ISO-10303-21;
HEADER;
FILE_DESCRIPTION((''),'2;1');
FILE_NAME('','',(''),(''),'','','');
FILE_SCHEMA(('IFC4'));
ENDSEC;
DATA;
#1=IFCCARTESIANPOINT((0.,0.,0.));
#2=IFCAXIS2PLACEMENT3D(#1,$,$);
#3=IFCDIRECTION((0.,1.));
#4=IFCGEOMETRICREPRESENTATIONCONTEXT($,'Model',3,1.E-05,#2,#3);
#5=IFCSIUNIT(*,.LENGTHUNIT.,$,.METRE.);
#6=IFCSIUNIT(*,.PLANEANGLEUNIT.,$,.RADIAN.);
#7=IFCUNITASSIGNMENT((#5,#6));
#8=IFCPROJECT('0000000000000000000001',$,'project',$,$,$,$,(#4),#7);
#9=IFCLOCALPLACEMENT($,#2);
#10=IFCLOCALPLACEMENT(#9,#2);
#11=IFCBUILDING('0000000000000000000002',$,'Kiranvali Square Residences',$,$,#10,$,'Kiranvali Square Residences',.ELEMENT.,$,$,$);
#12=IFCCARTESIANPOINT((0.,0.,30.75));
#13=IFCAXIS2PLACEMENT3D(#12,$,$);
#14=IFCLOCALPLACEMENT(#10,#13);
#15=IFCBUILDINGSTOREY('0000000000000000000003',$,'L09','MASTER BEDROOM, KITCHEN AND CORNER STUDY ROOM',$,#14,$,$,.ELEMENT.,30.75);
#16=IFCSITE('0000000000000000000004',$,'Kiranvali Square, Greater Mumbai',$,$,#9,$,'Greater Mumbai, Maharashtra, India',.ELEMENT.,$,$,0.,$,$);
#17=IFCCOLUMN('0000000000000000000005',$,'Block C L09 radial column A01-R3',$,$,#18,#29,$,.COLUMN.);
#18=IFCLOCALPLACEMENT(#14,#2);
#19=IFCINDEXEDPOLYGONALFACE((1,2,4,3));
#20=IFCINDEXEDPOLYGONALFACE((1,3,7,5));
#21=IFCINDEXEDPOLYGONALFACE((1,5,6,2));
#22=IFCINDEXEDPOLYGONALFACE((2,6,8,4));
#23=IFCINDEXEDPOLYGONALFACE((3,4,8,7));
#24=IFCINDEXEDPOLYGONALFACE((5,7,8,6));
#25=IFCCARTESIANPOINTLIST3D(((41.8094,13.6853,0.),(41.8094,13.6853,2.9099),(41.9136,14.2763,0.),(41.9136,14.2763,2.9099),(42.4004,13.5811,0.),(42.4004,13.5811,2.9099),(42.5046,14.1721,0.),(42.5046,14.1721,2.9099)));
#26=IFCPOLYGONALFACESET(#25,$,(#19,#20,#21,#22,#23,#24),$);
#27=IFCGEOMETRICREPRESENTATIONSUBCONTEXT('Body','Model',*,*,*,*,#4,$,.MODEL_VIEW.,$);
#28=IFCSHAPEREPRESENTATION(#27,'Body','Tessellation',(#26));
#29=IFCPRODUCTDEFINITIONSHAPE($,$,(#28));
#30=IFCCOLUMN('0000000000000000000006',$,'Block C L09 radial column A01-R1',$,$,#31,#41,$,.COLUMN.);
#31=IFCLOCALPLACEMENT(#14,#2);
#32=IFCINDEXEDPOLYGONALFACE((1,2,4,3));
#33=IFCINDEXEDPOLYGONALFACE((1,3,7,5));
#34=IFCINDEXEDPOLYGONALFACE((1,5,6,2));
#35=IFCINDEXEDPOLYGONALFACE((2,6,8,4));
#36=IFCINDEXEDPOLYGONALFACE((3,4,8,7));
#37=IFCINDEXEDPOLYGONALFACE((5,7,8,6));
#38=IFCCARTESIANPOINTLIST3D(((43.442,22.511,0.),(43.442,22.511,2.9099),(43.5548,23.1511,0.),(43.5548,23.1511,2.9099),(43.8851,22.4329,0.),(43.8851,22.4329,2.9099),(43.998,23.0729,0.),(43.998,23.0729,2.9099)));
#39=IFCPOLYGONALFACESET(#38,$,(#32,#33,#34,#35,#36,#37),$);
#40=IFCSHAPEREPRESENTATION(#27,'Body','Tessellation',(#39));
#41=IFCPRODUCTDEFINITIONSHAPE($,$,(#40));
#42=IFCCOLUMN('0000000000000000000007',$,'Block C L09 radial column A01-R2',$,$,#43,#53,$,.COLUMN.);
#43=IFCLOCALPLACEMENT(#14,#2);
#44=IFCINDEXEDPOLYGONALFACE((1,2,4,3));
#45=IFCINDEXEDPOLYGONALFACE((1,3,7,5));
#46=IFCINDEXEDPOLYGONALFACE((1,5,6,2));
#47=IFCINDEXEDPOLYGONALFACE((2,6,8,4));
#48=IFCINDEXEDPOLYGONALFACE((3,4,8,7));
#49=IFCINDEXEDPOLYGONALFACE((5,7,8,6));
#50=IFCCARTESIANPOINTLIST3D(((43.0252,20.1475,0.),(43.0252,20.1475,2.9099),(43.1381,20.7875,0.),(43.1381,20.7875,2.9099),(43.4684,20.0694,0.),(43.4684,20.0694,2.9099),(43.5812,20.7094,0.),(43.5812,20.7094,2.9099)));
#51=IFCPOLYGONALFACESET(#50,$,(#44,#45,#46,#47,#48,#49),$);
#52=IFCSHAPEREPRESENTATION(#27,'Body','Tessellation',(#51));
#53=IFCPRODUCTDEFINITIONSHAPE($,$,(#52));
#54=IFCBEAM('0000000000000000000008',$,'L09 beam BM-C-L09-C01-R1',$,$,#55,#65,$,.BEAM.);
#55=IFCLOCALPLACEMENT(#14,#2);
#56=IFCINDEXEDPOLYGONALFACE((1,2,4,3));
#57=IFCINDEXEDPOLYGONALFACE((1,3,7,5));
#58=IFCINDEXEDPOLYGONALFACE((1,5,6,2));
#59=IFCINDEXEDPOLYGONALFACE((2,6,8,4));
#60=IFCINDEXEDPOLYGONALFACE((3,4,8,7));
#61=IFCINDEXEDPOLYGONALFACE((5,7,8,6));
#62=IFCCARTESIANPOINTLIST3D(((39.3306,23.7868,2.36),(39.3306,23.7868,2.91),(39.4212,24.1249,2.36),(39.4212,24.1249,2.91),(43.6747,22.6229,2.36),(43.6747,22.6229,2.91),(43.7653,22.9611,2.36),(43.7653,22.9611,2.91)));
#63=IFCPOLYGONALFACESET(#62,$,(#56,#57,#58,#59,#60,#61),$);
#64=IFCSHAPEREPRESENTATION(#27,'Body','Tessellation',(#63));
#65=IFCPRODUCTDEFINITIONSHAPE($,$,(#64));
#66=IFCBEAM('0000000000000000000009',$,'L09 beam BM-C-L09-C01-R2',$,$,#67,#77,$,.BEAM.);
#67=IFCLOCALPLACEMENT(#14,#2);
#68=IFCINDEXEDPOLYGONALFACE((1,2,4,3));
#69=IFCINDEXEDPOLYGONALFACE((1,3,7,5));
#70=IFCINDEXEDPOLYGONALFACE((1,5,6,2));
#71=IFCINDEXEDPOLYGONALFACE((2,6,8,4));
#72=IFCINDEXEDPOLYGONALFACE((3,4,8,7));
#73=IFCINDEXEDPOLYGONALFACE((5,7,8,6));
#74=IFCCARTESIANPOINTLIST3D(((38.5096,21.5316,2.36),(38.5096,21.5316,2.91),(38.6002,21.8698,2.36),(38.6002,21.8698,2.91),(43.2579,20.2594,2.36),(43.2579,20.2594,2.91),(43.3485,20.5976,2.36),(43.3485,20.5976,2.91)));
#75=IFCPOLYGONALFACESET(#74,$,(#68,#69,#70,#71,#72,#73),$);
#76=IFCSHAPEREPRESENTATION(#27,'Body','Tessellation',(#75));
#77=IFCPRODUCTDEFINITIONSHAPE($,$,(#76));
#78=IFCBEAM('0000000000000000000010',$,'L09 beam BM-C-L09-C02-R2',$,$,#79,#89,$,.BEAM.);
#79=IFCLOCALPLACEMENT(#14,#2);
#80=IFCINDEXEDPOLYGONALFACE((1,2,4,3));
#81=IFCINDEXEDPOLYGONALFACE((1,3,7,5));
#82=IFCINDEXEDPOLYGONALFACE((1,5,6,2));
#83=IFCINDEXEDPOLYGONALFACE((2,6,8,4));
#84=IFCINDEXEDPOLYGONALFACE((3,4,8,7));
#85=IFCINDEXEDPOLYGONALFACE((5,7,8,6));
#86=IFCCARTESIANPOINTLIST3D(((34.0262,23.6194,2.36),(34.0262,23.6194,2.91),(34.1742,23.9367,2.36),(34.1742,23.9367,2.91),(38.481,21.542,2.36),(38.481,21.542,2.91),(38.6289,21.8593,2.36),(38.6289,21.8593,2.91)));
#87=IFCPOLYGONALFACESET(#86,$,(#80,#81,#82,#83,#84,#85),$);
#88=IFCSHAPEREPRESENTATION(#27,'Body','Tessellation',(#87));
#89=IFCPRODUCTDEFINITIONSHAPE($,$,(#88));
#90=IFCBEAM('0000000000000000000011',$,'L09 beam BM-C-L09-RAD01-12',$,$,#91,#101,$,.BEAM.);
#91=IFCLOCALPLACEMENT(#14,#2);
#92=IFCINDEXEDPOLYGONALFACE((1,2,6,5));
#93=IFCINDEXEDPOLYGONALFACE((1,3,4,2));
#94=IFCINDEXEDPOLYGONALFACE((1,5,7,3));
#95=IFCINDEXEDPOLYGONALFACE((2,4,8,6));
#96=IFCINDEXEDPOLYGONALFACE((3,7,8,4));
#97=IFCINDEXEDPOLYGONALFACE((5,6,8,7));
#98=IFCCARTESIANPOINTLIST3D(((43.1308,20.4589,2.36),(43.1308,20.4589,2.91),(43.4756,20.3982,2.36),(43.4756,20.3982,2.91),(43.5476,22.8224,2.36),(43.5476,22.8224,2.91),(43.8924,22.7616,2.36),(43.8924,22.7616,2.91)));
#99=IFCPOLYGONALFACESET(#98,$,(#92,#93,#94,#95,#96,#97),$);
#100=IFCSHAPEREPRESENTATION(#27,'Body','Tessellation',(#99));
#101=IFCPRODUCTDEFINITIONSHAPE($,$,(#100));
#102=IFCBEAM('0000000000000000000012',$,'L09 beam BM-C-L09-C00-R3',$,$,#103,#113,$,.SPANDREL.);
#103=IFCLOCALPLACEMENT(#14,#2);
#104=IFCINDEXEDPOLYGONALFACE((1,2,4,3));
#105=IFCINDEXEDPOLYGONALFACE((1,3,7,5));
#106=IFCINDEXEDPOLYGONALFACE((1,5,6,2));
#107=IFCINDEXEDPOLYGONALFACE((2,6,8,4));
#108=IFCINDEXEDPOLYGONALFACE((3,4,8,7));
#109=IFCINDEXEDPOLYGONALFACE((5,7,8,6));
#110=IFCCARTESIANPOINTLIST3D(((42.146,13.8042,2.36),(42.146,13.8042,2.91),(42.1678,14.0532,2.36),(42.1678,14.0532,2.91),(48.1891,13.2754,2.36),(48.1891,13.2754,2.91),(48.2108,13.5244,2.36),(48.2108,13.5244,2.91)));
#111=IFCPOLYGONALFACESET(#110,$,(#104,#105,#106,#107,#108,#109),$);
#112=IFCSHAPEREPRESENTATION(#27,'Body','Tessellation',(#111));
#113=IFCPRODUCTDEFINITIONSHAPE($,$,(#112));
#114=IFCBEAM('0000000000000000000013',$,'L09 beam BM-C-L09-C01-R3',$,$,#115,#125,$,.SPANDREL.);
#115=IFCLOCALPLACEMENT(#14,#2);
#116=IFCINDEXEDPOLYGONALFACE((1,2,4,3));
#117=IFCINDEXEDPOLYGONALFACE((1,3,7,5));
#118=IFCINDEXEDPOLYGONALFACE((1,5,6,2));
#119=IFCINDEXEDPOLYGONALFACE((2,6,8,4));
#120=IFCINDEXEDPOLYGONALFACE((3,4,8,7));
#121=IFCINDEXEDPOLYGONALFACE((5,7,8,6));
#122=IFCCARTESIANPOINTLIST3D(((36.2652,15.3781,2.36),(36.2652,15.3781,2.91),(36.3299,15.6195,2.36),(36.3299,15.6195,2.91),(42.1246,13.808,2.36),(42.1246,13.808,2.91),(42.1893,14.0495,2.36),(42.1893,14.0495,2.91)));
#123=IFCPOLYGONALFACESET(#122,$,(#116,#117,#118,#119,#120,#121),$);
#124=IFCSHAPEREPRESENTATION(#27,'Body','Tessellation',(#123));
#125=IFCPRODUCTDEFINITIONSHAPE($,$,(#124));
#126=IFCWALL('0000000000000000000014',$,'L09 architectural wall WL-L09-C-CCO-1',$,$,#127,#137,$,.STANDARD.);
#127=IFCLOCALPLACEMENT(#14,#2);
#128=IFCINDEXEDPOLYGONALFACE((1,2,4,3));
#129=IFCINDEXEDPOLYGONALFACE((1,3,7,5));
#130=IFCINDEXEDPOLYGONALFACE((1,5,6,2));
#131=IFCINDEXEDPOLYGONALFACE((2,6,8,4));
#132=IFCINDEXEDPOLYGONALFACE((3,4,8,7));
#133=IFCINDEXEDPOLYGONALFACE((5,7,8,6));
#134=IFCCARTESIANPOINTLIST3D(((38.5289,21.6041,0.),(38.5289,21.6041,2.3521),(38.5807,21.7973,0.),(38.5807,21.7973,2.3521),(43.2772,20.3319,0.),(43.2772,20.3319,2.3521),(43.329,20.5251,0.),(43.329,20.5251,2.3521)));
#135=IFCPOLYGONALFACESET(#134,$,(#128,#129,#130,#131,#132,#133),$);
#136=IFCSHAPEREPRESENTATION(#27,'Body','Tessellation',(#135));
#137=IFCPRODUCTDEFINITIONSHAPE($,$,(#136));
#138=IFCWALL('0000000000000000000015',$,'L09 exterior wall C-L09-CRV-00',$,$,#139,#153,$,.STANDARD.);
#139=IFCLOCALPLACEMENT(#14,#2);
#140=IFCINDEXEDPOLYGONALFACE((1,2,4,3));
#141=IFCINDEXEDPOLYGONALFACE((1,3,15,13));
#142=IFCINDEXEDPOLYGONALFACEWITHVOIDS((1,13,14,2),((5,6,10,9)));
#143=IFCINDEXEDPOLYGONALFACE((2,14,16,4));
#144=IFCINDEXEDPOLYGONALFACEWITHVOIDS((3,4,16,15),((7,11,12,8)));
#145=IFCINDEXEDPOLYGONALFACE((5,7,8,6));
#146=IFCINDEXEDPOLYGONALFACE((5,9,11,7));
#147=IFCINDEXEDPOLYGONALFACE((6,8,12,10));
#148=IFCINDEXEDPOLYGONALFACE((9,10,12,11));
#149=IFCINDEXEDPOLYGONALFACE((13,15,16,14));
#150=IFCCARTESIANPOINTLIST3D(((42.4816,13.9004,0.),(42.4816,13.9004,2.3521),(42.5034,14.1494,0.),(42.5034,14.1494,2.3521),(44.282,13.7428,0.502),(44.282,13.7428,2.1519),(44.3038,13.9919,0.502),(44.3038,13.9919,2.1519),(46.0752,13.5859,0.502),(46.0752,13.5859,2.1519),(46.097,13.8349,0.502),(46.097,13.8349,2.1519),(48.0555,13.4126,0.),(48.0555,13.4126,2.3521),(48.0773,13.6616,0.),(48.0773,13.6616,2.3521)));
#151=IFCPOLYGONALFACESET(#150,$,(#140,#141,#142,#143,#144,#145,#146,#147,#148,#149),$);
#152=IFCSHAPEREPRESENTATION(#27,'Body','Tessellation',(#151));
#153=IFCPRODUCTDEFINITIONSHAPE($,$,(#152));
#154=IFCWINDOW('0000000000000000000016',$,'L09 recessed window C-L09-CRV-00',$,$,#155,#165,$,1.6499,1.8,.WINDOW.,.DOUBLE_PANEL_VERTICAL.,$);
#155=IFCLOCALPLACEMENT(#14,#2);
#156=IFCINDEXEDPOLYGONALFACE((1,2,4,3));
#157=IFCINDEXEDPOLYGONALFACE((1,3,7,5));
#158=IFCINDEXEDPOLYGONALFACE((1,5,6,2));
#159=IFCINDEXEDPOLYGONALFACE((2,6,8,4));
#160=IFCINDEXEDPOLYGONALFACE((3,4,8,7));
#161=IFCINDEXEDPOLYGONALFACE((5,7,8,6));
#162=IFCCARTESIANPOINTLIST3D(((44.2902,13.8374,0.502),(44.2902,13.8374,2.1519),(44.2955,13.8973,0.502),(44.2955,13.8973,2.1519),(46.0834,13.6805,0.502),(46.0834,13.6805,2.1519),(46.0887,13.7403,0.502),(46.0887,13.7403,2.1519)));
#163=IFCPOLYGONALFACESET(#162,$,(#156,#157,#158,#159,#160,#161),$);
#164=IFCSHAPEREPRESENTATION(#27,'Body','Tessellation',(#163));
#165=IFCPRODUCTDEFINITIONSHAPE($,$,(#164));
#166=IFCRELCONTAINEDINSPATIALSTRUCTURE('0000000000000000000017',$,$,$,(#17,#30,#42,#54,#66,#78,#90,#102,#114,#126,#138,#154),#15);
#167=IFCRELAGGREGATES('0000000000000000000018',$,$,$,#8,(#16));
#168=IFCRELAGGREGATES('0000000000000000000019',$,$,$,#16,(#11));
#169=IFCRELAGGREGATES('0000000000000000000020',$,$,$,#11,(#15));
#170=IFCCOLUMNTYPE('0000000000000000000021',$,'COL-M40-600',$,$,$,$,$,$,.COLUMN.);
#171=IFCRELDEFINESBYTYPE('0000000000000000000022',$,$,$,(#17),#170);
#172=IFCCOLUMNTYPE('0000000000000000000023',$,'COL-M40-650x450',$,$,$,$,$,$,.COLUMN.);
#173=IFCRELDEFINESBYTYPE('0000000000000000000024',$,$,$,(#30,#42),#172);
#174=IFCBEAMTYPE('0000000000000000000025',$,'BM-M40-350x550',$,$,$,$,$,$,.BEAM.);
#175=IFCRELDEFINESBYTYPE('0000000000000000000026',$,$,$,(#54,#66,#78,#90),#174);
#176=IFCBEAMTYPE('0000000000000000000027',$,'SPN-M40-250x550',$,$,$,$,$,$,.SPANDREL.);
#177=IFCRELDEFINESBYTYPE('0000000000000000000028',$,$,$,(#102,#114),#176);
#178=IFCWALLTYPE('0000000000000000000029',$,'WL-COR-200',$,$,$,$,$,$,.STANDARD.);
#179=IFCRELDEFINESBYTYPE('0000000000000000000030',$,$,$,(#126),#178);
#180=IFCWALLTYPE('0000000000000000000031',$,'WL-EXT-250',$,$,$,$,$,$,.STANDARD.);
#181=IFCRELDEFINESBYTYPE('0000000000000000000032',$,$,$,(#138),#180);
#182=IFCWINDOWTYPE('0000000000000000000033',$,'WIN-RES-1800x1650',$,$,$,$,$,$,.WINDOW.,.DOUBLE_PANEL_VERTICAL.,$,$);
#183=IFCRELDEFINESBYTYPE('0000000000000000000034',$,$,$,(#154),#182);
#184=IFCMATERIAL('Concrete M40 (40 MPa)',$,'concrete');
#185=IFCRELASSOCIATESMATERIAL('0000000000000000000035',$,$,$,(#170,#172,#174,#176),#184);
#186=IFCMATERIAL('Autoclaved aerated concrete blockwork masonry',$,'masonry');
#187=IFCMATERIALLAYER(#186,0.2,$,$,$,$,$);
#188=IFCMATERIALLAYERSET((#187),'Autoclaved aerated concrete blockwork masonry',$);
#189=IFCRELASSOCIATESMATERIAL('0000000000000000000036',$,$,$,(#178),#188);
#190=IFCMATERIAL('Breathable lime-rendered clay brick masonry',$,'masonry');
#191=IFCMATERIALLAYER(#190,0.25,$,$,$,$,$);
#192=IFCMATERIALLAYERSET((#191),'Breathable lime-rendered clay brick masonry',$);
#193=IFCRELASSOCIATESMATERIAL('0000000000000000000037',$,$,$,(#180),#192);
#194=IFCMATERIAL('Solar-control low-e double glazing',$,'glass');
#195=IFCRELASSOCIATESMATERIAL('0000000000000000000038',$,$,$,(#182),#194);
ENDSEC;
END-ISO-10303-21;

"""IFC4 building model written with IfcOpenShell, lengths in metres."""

from ifc_helpers import new_model, si_unit, direction, frame, frame_2d, origin, origin_2d, place, context, subcontext, project, spatial, rectangle, extrude, material, layer, layer_set, material_profile, profile_set, type_object, element, fill, save


model = new_model("IFC4")

# Units and contexts
model_context = context("Model", 3, precision=1e-05, world=origin(), true_north=direction((0.0, 1.0)))
body_context = subcontext(model_context, "Body", "Model", "MODEL_VIEW")
ifc_project = project(units=[si_unit("LENGTHUNIT", "METRE"), si_unit("PLANEANGLEUNIT", "RADIAN")], contexts=[model_context])

# Site, building, storey
site_placement = place(None, origin())
site = spatial("IfcSite", under=ifc_project, at=site_placement, Name="Kiranvali Square, Greater Mumbai", LongName="Greater Mumbai, Maharashtra, India", CompositionType="ELEMENT", RefElevation=0.0)
building_placement = place(site_placement, origin())
building = spatial("IfcBuilding", under=site, at=building_placement, Name="Kiranvali Square Residences", LongName="Kiranvali Square Residences", CompositionType="ELEMENT")
storey_placement = place(building_placement, frame((0.0, 0.0, 30.75)))
storey = spatial("IfcBuildingStorey", under=building, at=storey_placement, Name="L09", Description="MASTER BEDROOM, KITCHEN AND CORNER STUDY ROOM", CompositionType="ELEMENT", Elevation=30.75)

# Columns
ifc_material_1 = material(Name="Concrete M40 (40 MPa)", Category="concrete")
ifc_material_profile_1 = material_profile(ifc_material_1, rectangle(XDim=0.6001, YDim=0.6001, at=origin_2d()), Name="RC 600x600")
ifc_profile_set_1 = profile_set([ifc_material_profile_1], Name="Concrete M40 (40 MPa)")
column_type_1 = type_object("IfcColumnType", Name="COL-M40-600", PredefinedType="COLUMN", material=ifc_profile_set_1)
column_placement = place(storey_placement, frame((42.157, 13.9287, 0.0), z_axis=(0.0, 0.0, 1.0), x_axis=(-0.984808, 0.173648, 0.0)))
element("IfcColumn", 1, at=column_placement, inside=storey, type_object=column_type_1, Name="Block C L09 radial column A01-R3", PredefinedType="COLUMN", context=body_context, shape_type="SweptSolid", body=[
    extrude(rectangle(XDim=0.6001, YDim=0.6001, at=origin_2d()), origin(), (0.0, 0.0, 1.0), 2.9099),
])
ifc_material_profile_2 = material_profile(ifc_material_1, rectangle(XDim=0.45, YDim=0.6499, at=origin_2d()), Name="RC 650x450")
ifc_profile_set_2 = profile_set([ifc_material_profile_2], Name="Concrete M40 (40 MPa)")
column_type_2 = type_object("IfcColumnType", Name="COL-M40-650x450", PredefinedType="COLUMN", material=ifc_profile_set_2)
for number, where, z_axis, x_axis, name in (
    (2, (43.72, 22.792, 0.0), (0.0, 0.0, 1.0), (-0.984808, 0.173648, 0.0), "Block C L09 radial column A01-R1"),
    (3, (43.3032, 20.4285, 0.0), (0.0, 0.0, 1.0), (-0.984808, 0.173648, 0.0), "Block C L09 radial column A01-R2"),
):
    element("IfcColumn", number, at=place(storey_placement, frame(where, z_axis=z_axis, x_axis=x_axis)), inside=storey, type_object=column_type_2, Name=name, PredefinedType="COLUMN", context=body_context, shape_type="SweptSolid", body=[
        extrude(rectangle(XDim=0.45, YDim=0.6499, at=origin_2d()), origin(), (0.0, 0.0, 1.0), 2.9099),
    ])

# Beams
ifc_material_profile_3 = material_profile(ifc_material_1, rectangle(XDim=0.3501, YDim=0.55, at=origin_2d()), Name="RC 350x550")
ifc_profile_set_3 = profile_set([ifc_material_profile_3], Name="Concrete M40 (40 MPa)")
beam_type_1 = type_object("IfcBeamType", Name="BM-M40-350x550", PredefinedType="BEAM", material=ifc_profile_set_3)
beam_1_placement = place(storey_placement, frame((43.72, 22.792, 2.635), z_axis=(-0.965934, 0.258788, 0.0), x_axis=(-0.258788, -0.965934, 0.0)))
element("IfcBeam", 4, at=beam_1_placement, inside=storey, type_object=beam_type_1, Name="L09 beam BM-C-L09-C01-R1", PredefinedType="BEAM", context=body_context, shape_type="SweptSolid", body=[
    extrude(rectangle(XDim=0.3501, YDim=0.55, at=origin_2d()), origin(), (0.0, 0.0, 1.0), 4.4973),
])
beam_2_placement = place(storey_placement, frame((43.3032, 20.4285, 2.635), z_axis=(-0.96593, 0.258803, 0.0), x_axis=(-0.258803, -0.96593, 0.0)))
element("IfcBeam", 5, at=beam_2_placement, inside=storey, type_object=beam_type_1, Name="L09 beam BM-C-L09-C01-R2", PredefinedType="BEAM", context=body_context, shape_type="SweptSolid", body=[
    extrude(rectangle(XDim=0.3501, YDim=0.55, at=origin_2d()), origin(), (0.0, 0.0, 1.0), 4.9158),
])
beam_3_placement = place(storey_placement, frame((38.5549, 21.7007, 2.635), z_axis=(-0.906302, 0.42263, 0.0), x_axis=(-0.42263, -0.906302, 0.0)))
element("IfcBeam", 6, at=beam_3_placement, inside=storey, type_object=beam_type_1, Name="L09 beam BM-C-L09-C02-R2", PredefinedType="BEAM", context=body_context, shape_type="SweptSolid", body=[
    extrude(rectangle(XDim=0.3501, YDim=0.55, at=origin_2d()), origin(), (0.0, 0.0, 1.0), 4.9153),
])
beam_4_placement = place(storey_placement, frame((43.72, 22.792, 2.635), z_axis=(-0.173646, -0.984808, 0.0), x_axis=(0.984808, -0.173646, 0.0)))
element("IfcBeam", 7, at=beam_4_placement, inside=storey, type_object=beam_type_1, Name="L09 beam BM-C-L09-RAD01-12", PredefinedType="BEAM", context=body_context, shape_type="SweptSolid", body=[
    extrude(rectangle(XDim=0.3501, YDim=0.55, at=origin_2d()), origin(), (0.0, 0.0, 1.0), 2.3999),
])
ifc_material_profile_4 = material_profile(ifc_material_1, rectangle(XDim=0.25, YDim=0.55, at=origin_2d()), Name="RC 250x550")
ifc_profile_set_4 = profile_set([ifc_material_profile_4], Name="Concrete M40 (40 MPa)")
beam_type_2 = type_object("IfcBeamType", Name="SPN-M40-250x550", PredefinedType="SPANDREL", material=ifc_profile_set_4)
for number, where, z_axis, x_axis, name in (
    (8, (48.2, 13.3999, 2.635), (-0.996193, 0.087175, 0.0), (-0.087175, -0.996193, 0.0), "L09 beam BM-C-L09-C00-R3"),
    (9, (42.157, 13.9287, 2.635), (-0.965924, 0.258827, 0.0), (-0.258827, -0.965924, 0.0), "L09 beam BM-C-L09-C01-R3"),
):
    element("IfcBeam", number, at=place(storey_placement, frame(where, z_axis=z_axis, x_axis=x_axis)), inside=storey, type_object=beam_type_2, Name=name, PredefinedType="SPANDREL", context=body_context, shape_type="SweptSolid", body=[
        extrude(rectangle(XDim=0.25, YDim=0.55, at=origin_2d()), origin(), (0.0, 0.0, 1.0), 6.0662),
    ])

# Wall
ifc_material_2 = material(Name="Autoclaved aerated concrete blockwork masonry", Category="masonry")
ifc_layer_1 = layer(ifc_material_2, 0.2)
ifc_layer_set_1 = layer_set([ifc_layer_1], Name="Autoclaved aerated concrete blockwork masonry")
wall_type_1 = type_object("IfcWallType", Name="WL-COR-200", PredefinedType="STANDARD", material=ifc_layer_set_1)
wall_1_placement = place(storey_placement, frame((43.3032, 20.4285, 0.0), z_axis=(0.0, 0.0, 1.0), x_axis=(-0.96593, 0.258803, 0.0)))
element("IfcWall", 10, at=wall_1_placement, inside=storey, type_object=wall_type_1, Name="L09 architectural wall WL-L09-C-CCO-1", PredefinedType="STANDARD", context=body_context, shape_type="SweptSolid", body=[
    extrude(rectangle(XDim=4.9158, YDim=0.2, at=frame_2d((2.458, 0.0))), origin(), (0.0, 0.0, 1.0), 2.3521),
])

# Wall, opening, window
ifc_material_3 = material(Name="Breathable lime-rendered clay brick masonry", Category="masonry")
ifc_layer_2 = layer(ifc_material_3, 0.25)
ifc_layer_set_2 = layer_set([ifc_layer_2], Name="Breathable lime-rendered clay brick masonry")
wall_type_2 = type_object("IfcWallType", Name="WL-EXT-250", PredefinedType="STANDARD", material=ifc_layer_set_2)
wall_2_placement = place(storey_placement, frame((48.0664, 13.5371, 0.0), z_axis=(0.0, 0.0, 1.0), x_axis=(-0.996193, 0.087179, 0.0)))
wall_2 = element("IfcWall", 11, at=wall_2_placement, inside=storey, type_object=wall_type_2, Name="L09 exterior wall C-L09-CRV-00", PredefinedType="STANDARD", context=body_context, shape_type="SweptSolid", body=[
    extrude(rectangle(XDim=5.5952, YDim=0.25, at=frame_2d((2.7976, 0.0))), origin(), (0.0, 0.0, 1.0), 2.3521),
])
opening_1_placement = place(wall_2_placement, frame((1.988, 0.0, 0.502)))
opening_1 = element("IfcOpeningElement", 12, at=opening_1_placement, cuts=wall_2, PredefinedType="OPENING", context=body_context, shape_type="SweptSolid", body=[
    extrude(rectangle(XDim=1.8, YDim=1.6499, at=frame_2d((0.8999, 0.825))), frame((0.0, 0.135, 0.0), z_axis=(0.0, -1.0, 0.0), x_axis=(1.0, 0.0, 0.0)), (0.0, 0.0, 1.0), 0.27),
])
ifc_material_4 = material(Name="Solar-control low-e double glazing", Category="glass")
window_type_1 = type_object("IfcWindowType", Name="WIN-RES-1800x1650", PartitioningType="DOUBLE_PANEL_VERTICAL", PredefinedType="WINDOW", material=ifc_material_4)
window_1_placement = place(opening_1_placement, origin())
window_1 = element("IfcWindow", 13, at=window_1_placement, inside=storey, type_object=window_type_1, Name="L09 recessed window C-L09-CRV-00", OverallHeight=1.6499, OverallWidth=1.8, PartitioningType="DOUBLE_PANEL_VERTICAL", PredefinedType="WINDOW", context=body_context, shape_type="SweptSolid", body=[
    extrude(rectangle(XDim=1.8, YDim=1.6499, at=frame_2d((0.8999, 0.825))), frame((0.0, 0.03, 0.0), z_axis=(0.0, -1.0, 0.0), x_axis=(1.0, 0.0, 0.0)), (0.0, 0.0, 1.0), 0.0601),
])
fill(opening_1, window_1)

save(model, "model.ifc")
